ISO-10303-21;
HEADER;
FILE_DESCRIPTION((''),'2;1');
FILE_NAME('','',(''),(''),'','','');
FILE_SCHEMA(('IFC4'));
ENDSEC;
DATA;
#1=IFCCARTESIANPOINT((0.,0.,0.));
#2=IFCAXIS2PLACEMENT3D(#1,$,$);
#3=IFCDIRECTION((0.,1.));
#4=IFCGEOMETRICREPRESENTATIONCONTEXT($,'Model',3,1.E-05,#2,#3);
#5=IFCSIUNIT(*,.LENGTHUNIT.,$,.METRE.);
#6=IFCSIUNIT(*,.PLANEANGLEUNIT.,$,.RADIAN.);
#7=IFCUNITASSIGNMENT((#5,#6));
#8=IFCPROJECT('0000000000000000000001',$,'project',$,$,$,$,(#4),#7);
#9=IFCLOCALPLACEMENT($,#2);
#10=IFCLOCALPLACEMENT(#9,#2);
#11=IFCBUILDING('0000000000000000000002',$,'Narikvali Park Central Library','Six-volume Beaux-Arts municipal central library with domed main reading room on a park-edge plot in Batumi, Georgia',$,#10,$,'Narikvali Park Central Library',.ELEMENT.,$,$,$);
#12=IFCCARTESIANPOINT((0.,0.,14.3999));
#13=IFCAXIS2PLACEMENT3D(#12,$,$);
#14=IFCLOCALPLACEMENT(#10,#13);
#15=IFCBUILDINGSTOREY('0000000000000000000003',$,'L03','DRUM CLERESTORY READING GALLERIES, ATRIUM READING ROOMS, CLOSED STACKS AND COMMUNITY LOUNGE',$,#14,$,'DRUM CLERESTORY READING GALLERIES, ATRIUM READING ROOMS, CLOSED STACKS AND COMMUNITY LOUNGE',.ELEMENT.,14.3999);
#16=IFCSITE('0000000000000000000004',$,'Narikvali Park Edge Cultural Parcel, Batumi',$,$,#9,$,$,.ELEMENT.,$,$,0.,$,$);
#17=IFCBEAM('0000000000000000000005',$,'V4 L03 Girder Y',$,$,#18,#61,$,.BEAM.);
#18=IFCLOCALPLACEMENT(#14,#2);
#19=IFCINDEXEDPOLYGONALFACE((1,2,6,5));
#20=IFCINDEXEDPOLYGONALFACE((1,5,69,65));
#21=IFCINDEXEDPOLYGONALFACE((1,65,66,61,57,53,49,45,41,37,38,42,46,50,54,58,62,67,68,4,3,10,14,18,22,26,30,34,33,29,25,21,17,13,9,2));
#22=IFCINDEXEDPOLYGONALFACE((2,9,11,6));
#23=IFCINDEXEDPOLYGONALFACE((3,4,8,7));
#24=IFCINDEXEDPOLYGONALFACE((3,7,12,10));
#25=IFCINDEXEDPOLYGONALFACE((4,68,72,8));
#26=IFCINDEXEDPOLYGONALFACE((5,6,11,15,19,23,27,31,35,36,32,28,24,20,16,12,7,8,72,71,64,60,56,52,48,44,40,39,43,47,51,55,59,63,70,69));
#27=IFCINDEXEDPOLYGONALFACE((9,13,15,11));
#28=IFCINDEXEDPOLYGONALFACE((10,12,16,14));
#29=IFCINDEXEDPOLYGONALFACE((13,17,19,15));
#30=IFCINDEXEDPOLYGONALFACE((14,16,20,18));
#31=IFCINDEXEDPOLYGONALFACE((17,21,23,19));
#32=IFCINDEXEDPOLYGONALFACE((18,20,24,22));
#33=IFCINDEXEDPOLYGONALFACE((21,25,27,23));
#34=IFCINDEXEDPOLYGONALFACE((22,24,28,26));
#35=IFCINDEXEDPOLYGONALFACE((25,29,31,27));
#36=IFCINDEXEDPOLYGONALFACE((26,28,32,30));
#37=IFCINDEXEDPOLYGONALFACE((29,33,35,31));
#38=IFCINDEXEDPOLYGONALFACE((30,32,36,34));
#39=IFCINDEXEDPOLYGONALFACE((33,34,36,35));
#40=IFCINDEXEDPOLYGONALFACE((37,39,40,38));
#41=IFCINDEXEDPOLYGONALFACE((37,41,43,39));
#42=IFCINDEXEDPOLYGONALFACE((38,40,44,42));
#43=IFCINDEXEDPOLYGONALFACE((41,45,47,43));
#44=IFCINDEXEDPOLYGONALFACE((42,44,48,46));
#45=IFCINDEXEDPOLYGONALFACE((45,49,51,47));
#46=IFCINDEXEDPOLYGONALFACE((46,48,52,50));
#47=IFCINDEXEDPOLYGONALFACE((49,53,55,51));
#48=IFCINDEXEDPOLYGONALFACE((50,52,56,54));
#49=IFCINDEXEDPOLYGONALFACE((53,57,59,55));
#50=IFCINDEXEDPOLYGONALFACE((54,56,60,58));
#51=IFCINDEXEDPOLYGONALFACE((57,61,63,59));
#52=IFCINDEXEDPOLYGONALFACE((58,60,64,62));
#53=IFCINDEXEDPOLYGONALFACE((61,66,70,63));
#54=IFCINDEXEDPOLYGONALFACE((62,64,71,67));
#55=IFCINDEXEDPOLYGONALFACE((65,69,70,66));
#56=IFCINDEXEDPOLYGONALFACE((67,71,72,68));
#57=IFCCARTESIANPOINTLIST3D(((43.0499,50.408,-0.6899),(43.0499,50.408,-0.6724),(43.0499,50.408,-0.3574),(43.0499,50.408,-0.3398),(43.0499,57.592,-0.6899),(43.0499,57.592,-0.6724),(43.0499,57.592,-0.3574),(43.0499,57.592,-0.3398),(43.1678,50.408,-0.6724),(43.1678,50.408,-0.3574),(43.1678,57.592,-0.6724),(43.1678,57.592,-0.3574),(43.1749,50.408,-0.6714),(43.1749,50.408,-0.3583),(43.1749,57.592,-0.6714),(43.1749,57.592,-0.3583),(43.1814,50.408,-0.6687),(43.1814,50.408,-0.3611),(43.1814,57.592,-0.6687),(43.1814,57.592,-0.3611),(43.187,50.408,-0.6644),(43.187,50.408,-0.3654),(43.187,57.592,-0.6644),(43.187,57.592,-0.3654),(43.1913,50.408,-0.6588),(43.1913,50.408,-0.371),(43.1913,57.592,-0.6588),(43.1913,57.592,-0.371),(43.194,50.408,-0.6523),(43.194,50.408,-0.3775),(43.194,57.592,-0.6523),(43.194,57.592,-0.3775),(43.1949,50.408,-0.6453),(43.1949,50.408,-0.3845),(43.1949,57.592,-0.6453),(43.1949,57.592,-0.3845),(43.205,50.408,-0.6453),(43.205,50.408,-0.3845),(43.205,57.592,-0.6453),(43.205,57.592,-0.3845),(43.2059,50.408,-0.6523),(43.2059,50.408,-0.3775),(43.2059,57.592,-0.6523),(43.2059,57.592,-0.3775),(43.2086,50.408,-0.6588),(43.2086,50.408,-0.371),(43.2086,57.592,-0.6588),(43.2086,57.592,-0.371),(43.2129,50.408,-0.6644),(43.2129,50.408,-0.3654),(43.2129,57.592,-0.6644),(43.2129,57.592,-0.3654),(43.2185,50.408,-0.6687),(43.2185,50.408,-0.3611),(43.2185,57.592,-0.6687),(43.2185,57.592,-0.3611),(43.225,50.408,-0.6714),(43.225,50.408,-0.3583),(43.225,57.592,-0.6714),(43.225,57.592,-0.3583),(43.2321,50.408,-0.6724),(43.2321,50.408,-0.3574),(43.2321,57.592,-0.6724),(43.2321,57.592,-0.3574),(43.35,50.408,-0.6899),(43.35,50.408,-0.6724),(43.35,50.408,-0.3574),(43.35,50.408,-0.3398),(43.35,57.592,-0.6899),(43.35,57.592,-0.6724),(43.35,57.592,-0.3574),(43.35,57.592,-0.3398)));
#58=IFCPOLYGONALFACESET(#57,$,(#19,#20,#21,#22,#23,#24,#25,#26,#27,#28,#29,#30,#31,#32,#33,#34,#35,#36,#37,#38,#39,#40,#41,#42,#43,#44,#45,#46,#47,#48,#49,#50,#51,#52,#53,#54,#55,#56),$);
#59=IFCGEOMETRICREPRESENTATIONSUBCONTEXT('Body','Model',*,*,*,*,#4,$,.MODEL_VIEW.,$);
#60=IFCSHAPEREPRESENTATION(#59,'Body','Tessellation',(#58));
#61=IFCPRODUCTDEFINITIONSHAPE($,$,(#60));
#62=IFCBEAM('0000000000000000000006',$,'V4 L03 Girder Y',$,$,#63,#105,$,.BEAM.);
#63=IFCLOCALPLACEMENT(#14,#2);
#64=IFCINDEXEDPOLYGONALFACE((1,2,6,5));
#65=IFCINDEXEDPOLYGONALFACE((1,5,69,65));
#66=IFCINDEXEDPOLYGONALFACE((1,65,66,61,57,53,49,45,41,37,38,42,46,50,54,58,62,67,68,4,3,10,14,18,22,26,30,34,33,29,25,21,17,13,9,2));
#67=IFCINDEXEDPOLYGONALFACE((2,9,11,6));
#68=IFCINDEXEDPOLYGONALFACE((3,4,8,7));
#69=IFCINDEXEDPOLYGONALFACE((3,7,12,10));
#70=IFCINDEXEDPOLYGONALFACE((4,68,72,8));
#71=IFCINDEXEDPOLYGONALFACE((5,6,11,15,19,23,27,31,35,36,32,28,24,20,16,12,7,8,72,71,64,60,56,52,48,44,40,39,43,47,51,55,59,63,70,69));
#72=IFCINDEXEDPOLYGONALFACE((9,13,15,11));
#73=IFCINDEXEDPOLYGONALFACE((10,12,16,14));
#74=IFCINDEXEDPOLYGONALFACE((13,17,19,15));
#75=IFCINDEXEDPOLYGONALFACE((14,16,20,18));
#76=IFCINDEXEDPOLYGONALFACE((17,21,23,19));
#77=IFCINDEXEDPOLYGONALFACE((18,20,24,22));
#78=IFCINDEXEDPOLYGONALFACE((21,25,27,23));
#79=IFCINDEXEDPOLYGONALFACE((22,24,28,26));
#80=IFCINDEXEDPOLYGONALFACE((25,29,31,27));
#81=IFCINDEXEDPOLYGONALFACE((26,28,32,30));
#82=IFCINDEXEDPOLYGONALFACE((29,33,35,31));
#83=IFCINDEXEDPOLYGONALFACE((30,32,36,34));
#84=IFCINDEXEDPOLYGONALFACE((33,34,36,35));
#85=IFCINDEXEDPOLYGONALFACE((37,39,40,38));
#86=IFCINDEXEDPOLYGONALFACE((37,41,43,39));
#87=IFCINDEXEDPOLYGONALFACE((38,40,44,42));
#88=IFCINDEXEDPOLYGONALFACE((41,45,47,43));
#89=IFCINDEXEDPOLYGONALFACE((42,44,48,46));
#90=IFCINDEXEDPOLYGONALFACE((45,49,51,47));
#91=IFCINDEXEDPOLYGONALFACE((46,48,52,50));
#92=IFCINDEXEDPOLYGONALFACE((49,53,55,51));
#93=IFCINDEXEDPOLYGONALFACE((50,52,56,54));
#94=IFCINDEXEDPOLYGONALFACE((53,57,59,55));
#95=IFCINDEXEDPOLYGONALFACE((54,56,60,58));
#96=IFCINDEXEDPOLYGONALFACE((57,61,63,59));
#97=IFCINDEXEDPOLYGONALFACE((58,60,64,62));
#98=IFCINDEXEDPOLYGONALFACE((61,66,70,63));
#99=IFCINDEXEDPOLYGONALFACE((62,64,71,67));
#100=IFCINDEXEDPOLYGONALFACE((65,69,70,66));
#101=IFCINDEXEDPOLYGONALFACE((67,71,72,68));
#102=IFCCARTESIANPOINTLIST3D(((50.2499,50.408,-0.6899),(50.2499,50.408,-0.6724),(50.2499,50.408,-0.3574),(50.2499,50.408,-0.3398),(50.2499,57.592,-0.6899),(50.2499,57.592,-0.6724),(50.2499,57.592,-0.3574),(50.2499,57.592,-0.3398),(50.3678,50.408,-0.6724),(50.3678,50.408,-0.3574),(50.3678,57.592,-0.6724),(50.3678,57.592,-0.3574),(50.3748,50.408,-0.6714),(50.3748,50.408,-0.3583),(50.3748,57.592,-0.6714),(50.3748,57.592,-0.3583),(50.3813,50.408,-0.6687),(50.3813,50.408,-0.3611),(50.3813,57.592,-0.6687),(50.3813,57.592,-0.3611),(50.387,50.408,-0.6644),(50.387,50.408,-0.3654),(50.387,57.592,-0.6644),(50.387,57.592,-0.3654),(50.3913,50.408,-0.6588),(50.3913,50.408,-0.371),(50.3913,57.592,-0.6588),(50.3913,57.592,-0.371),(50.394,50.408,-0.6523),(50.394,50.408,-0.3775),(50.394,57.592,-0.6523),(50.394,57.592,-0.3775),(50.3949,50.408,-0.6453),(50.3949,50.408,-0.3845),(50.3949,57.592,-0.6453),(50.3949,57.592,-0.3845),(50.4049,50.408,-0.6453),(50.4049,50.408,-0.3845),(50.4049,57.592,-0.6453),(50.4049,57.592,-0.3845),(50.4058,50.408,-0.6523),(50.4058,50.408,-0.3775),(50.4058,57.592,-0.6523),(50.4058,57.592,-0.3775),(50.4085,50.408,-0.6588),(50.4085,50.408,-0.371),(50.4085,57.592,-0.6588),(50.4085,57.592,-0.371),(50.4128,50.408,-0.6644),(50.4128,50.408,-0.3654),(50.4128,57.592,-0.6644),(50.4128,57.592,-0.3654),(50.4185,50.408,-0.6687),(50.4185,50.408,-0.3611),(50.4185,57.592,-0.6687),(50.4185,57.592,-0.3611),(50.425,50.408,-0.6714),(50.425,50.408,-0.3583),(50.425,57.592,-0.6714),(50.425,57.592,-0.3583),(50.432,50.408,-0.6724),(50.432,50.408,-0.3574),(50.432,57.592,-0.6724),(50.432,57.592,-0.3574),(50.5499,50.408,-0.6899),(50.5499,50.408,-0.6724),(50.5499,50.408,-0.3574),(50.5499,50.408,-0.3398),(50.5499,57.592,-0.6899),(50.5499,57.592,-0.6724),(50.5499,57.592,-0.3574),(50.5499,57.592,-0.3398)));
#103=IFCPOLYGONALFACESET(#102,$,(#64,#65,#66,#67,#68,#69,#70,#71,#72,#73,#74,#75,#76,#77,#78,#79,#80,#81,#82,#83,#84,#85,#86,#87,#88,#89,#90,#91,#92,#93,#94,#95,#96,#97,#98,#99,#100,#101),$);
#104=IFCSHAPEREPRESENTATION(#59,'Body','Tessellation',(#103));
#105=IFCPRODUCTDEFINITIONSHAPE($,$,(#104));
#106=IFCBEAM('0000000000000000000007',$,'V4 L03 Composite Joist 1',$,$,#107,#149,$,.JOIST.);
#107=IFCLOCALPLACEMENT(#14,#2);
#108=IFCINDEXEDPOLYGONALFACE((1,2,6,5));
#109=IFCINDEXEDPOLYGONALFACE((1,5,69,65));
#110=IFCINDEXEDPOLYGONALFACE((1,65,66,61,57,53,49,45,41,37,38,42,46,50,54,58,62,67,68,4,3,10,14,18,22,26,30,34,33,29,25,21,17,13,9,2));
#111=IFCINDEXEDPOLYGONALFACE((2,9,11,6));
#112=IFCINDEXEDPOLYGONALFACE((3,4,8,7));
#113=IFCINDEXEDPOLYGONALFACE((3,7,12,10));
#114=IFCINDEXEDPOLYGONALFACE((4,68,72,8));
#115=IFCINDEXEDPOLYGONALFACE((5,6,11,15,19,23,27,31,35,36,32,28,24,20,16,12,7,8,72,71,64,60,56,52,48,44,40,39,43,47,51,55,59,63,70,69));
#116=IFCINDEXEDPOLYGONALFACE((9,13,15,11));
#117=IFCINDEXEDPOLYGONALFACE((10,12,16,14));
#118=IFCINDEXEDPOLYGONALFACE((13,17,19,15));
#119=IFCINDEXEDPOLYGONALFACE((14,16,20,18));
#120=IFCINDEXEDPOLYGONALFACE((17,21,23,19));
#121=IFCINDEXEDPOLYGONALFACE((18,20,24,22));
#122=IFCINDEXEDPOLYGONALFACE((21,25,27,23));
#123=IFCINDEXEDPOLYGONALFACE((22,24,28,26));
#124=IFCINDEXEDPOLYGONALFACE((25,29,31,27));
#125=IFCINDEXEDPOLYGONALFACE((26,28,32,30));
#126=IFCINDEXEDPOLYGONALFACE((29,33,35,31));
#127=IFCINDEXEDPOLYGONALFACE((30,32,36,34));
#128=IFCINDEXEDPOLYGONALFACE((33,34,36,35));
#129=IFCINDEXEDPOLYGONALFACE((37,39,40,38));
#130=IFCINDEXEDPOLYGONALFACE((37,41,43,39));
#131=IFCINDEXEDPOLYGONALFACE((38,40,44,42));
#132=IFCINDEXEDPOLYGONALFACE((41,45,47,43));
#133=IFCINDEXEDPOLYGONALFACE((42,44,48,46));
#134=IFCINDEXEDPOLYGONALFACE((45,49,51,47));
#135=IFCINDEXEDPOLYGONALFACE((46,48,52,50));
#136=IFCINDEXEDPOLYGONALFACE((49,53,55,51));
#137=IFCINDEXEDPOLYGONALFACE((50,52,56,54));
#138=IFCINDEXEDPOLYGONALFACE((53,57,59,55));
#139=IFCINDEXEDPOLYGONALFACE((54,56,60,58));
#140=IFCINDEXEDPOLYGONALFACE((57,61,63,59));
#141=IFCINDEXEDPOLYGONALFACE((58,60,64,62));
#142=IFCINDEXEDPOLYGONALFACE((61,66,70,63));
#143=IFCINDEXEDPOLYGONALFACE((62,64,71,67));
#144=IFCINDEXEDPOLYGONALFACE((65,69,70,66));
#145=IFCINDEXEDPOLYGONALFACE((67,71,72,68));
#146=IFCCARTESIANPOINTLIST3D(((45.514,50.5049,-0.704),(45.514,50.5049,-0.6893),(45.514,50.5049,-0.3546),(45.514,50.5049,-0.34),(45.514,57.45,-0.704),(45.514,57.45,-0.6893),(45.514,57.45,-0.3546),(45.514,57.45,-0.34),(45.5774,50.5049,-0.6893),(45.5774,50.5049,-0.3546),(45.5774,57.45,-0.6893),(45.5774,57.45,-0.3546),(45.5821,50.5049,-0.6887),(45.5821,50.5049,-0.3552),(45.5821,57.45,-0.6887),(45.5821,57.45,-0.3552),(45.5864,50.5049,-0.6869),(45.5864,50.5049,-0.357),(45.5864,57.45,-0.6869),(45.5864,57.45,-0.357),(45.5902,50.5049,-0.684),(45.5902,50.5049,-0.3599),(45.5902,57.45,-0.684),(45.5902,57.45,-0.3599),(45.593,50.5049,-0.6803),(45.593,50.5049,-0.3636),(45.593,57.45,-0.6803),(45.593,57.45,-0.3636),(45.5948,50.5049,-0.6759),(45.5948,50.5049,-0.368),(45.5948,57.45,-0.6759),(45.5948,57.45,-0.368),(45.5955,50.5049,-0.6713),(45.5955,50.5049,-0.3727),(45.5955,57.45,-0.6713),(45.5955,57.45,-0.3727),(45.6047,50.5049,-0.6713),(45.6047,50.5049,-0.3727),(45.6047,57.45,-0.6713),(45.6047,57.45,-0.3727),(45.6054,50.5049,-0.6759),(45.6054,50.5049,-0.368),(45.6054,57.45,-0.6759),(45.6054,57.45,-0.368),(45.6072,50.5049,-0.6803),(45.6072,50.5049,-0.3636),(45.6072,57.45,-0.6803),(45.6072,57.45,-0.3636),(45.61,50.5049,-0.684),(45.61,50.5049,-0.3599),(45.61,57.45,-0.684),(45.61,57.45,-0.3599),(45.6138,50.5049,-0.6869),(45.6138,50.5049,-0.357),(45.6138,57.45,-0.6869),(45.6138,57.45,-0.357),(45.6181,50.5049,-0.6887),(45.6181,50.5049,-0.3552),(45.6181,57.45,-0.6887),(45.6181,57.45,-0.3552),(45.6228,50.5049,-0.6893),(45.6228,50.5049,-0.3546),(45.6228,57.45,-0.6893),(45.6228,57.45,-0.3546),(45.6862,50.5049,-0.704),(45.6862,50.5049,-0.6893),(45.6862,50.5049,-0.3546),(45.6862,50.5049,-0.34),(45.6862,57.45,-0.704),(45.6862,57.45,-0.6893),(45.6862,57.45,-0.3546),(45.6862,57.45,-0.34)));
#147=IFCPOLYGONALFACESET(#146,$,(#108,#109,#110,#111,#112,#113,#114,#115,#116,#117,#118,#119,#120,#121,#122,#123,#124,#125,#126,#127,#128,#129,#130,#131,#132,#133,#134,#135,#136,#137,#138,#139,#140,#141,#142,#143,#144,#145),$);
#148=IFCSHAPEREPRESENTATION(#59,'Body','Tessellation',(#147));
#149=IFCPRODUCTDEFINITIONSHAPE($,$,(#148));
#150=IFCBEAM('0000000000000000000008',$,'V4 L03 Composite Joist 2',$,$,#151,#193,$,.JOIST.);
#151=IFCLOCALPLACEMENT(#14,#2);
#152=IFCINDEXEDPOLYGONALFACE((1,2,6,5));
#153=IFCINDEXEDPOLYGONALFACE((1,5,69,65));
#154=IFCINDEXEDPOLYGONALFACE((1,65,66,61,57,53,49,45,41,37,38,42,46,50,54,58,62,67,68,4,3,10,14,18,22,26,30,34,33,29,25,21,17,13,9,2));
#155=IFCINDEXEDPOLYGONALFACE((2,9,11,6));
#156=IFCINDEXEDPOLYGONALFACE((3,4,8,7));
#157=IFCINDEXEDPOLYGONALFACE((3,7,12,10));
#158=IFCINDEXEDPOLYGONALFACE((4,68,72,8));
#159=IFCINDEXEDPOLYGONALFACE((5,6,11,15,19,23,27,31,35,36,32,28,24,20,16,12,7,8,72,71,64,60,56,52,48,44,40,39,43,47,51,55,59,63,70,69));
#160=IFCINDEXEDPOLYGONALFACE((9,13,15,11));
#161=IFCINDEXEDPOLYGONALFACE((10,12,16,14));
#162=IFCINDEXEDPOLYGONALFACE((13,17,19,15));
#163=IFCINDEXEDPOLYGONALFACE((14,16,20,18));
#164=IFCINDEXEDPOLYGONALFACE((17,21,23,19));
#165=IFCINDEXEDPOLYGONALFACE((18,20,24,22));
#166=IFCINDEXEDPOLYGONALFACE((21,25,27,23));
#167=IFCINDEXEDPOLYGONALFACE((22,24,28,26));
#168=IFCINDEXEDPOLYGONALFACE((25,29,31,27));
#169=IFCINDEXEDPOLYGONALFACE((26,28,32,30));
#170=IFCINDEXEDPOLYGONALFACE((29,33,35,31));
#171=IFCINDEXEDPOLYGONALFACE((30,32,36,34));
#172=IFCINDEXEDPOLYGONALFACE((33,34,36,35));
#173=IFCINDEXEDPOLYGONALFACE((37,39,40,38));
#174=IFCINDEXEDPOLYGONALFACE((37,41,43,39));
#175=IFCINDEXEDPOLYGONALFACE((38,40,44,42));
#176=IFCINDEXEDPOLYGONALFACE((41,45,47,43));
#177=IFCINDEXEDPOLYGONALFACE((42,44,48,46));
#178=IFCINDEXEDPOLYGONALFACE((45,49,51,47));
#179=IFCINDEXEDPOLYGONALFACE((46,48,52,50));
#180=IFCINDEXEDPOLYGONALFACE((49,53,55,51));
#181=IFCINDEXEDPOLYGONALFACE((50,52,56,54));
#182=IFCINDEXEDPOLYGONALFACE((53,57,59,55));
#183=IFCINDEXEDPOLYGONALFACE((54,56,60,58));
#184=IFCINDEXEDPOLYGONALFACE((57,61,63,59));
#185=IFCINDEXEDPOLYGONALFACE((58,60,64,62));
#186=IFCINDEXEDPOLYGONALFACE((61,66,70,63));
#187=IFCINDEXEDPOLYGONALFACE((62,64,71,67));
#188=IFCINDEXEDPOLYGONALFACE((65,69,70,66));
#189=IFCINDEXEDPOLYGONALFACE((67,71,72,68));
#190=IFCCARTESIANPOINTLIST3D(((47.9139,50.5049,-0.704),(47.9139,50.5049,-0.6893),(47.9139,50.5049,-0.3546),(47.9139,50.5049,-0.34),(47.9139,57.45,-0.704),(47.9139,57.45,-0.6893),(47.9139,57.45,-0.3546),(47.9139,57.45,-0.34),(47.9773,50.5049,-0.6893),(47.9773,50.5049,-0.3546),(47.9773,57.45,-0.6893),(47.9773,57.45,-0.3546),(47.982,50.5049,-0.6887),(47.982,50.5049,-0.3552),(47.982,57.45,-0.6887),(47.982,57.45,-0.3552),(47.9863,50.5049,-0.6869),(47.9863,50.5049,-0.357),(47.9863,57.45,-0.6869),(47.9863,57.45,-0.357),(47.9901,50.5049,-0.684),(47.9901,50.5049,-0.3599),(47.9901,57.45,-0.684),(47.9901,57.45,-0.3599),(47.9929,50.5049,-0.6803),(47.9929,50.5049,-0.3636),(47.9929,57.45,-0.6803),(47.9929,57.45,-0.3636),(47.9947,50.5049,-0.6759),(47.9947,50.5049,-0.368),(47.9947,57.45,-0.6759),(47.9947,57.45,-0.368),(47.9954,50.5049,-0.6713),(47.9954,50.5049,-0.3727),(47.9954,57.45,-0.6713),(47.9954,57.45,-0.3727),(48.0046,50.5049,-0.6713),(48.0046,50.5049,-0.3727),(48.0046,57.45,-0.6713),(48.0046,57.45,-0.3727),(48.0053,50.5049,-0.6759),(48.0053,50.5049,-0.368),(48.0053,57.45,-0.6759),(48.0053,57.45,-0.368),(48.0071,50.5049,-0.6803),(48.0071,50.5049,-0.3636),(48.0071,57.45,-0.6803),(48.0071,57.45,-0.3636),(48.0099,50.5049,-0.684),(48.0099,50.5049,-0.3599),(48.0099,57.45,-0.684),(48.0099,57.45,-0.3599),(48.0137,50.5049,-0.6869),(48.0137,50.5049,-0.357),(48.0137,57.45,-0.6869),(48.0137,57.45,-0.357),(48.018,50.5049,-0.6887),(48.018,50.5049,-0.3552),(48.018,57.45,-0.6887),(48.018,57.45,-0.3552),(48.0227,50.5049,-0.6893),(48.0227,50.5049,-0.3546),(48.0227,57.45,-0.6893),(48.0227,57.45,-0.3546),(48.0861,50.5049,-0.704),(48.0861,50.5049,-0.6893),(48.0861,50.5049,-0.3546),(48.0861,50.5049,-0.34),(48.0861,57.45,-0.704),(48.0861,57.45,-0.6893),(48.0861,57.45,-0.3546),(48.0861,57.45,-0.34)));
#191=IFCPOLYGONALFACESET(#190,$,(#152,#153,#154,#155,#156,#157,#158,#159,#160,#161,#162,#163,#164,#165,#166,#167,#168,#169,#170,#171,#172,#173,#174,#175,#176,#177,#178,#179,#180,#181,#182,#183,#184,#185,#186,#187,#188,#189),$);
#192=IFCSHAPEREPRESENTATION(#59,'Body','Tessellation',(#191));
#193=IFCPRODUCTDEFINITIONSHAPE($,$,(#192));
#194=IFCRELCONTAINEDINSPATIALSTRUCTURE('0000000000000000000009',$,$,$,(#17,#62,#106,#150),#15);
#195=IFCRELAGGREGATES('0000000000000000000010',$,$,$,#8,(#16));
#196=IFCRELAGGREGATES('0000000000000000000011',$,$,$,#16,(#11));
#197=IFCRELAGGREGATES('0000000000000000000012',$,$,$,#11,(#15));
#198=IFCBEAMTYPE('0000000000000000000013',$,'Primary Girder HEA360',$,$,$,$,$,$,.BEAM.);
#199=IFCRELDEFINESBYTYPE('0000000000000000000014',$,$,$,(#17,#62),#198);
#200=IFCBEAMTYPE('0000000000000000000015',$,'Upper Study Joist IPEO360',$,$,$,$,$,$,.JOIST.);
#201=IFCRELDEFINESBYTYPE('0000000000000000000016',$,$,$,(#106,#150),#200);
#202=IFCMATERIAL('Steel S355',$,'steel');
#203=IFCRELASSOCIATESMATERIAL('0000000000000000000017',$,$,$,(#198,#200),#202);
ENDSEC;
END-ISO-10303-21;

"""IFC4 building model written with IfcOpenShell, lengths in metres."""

from ifc_helpers import new_model, si_unit, direction, frame, origin, origin_2d, place, context, subcontext, project, spatial, i_section, extrude, material, material_profile, profile_set, type_object, element, save


model = new_model("IFC4")

# Units and contexts
model_context = context("Model", 3, precision=1e-05, world=origin(), true_north=direction((0.0, 1.0)))
body_context = subcontext(model_context, "Body", "Model", "MODEL_VIEW")
ifc_project = project(units=[si_unit("LENGTHUNIT", "METRE"), si_unit("PLANEANGLEUNIT", "RADIAN")], contexts=[model_context])

# Site, building, storey
site_placement = place(None, origin())
site = spatial("IfcSite", under=ifc_project, at=site_placement, Name="Narikvali Park Edge Cultural Parcel, Batumi", CompositionType="ELEMENT", RefElevation=0.0)
building_placement = place(site_placement, origin())
building = spatial("IfcBuilding", under=site, at=building_placement, Name="Narikvali Park Central Library", Description="Six-volume Beaux-Arts municipal central library with domed main reading room on a park-edge plot in Batumi, Georgia", LongName="Narikvali Park Central Library", CompositionType="ELEMENT")
storey_placement = place(building_placement, frame((0.0, 0.0, 14.3999)))
storey = spatial("IfcBuildingStorey", under=building, at=storey_placement, Name="L03", Description="DRUM CLERESTORY READING GALLERIES, ATRIUM READING ROOMS, CLOSED STACKS AND COMMUNITY LOUNGE", LongName="DRUM CLERESTORY READING GALLERIES, ATRIUM READING ROOMS, CLOSED STACKS AND COMMUNITY LOUNGE", CompositionType="ELEMENT", Elevation=14.3999)

# Shared definitions
ifc_material_1 = material(Name="Steel S355", Category="steel")

# Beams
ifc_material_profile_1 = material_profile(ifc_material_1, i_section(OverallWidth=0.3, OverallDepth=0.3501, WebThickness=0.01, FlangeThickness=0.0176, FilletRadius=0.0271, at=origin_2d()), Name="HEA 360")
ifc_profile_set_1 = profile_set([ifc_material_profile_1], Name="Steel S355")
beam_type_1 = type_object("IfcBeamType", Name="Primary Girder HEA360", PredefinedType="BEAM", material=ifc_profile_set_1)
for number, where, z_axis, x_axis, name in (
    (1, (43.2, 50.408, -0.5149), (0.0, 1.0, 0.0), (-1.0, 0.0, 0.0), "V4 L03 Girder Y"),
    (2, (50.3999, 50.408, -0.5149), (0.0, 1.0, 0.0), (-1.0, 0.0, 0.0), "V4 L03 Girder Y"),
):
    element("IfcBeam", number, at=place(storey_placement, frame(where, z_axis=z_axis, x_axis=x_axis)), inside=storey, type_object=beam_type_1, Name=name, PredefinedType="BEAM", context=body_context, shape_type="SweptSolid", body=[
        extrude(i_section(OverallWidth=0.3, OverallDepth=0.3501, WebThickness=0.01, FlangeThickness=0.0176, FilletRadius=0.0271, at=origin_2d()), origin(), (0.0, 0.0, 1.0), 7.1841),
    ])
ifc_material_profile_2 = material_profile(ifc_material_1, i_section(OverallWidth=0.1721, OverallDepth=0.364, WebThickness=0.0093, FlangeThickness=0.0146, FilletRadius=0.0181, at=origin_2d()), Name="IPEO 360")
ifc_profile_set_2 = profile_set([ifc_material_profile_2], Name="Steel S355")
beam_type_2 = type_object("IfcBeamType", Name="Upper Study Joist IPEO360", PredefinedType="JOIST", material=ifc_profile_set_2)
for number, where, z_axis, x_axis, name in (
    (3, (45.6001, 50.5049, -0.522), (0.0, 1.0, 0.0), (-1.0, 0.0, 0.0), "V4 L03 Composite Joist 1"),
    (4, (48.0, 50.5049, -0.522), (0.0, 1.0, 0.0), (-1.0, 0.0, 0.0), "V4 L03 Composite Joist 2"),
):
    element("IfcBeam", number, at=place(storey_placement, frame(where, z_axis=z_axis, x_axis=x_axis)), inside=storey, type_object=beam_type_2, Name=name, PredefinedType="JOIST", context=body_context, shape_type="SweptSolid", body=[
        extrude(i_section(OverallWidth=0.1721, OverallDepth=0.364, WebThickness=0.0093, FlangeThickness=0.0146, FilletRadius=0.0181, at=origin_2d()), origin(), (0.0, 0.0, 1.0), 6.9451),
    ])

save(model, "model.ifc")
